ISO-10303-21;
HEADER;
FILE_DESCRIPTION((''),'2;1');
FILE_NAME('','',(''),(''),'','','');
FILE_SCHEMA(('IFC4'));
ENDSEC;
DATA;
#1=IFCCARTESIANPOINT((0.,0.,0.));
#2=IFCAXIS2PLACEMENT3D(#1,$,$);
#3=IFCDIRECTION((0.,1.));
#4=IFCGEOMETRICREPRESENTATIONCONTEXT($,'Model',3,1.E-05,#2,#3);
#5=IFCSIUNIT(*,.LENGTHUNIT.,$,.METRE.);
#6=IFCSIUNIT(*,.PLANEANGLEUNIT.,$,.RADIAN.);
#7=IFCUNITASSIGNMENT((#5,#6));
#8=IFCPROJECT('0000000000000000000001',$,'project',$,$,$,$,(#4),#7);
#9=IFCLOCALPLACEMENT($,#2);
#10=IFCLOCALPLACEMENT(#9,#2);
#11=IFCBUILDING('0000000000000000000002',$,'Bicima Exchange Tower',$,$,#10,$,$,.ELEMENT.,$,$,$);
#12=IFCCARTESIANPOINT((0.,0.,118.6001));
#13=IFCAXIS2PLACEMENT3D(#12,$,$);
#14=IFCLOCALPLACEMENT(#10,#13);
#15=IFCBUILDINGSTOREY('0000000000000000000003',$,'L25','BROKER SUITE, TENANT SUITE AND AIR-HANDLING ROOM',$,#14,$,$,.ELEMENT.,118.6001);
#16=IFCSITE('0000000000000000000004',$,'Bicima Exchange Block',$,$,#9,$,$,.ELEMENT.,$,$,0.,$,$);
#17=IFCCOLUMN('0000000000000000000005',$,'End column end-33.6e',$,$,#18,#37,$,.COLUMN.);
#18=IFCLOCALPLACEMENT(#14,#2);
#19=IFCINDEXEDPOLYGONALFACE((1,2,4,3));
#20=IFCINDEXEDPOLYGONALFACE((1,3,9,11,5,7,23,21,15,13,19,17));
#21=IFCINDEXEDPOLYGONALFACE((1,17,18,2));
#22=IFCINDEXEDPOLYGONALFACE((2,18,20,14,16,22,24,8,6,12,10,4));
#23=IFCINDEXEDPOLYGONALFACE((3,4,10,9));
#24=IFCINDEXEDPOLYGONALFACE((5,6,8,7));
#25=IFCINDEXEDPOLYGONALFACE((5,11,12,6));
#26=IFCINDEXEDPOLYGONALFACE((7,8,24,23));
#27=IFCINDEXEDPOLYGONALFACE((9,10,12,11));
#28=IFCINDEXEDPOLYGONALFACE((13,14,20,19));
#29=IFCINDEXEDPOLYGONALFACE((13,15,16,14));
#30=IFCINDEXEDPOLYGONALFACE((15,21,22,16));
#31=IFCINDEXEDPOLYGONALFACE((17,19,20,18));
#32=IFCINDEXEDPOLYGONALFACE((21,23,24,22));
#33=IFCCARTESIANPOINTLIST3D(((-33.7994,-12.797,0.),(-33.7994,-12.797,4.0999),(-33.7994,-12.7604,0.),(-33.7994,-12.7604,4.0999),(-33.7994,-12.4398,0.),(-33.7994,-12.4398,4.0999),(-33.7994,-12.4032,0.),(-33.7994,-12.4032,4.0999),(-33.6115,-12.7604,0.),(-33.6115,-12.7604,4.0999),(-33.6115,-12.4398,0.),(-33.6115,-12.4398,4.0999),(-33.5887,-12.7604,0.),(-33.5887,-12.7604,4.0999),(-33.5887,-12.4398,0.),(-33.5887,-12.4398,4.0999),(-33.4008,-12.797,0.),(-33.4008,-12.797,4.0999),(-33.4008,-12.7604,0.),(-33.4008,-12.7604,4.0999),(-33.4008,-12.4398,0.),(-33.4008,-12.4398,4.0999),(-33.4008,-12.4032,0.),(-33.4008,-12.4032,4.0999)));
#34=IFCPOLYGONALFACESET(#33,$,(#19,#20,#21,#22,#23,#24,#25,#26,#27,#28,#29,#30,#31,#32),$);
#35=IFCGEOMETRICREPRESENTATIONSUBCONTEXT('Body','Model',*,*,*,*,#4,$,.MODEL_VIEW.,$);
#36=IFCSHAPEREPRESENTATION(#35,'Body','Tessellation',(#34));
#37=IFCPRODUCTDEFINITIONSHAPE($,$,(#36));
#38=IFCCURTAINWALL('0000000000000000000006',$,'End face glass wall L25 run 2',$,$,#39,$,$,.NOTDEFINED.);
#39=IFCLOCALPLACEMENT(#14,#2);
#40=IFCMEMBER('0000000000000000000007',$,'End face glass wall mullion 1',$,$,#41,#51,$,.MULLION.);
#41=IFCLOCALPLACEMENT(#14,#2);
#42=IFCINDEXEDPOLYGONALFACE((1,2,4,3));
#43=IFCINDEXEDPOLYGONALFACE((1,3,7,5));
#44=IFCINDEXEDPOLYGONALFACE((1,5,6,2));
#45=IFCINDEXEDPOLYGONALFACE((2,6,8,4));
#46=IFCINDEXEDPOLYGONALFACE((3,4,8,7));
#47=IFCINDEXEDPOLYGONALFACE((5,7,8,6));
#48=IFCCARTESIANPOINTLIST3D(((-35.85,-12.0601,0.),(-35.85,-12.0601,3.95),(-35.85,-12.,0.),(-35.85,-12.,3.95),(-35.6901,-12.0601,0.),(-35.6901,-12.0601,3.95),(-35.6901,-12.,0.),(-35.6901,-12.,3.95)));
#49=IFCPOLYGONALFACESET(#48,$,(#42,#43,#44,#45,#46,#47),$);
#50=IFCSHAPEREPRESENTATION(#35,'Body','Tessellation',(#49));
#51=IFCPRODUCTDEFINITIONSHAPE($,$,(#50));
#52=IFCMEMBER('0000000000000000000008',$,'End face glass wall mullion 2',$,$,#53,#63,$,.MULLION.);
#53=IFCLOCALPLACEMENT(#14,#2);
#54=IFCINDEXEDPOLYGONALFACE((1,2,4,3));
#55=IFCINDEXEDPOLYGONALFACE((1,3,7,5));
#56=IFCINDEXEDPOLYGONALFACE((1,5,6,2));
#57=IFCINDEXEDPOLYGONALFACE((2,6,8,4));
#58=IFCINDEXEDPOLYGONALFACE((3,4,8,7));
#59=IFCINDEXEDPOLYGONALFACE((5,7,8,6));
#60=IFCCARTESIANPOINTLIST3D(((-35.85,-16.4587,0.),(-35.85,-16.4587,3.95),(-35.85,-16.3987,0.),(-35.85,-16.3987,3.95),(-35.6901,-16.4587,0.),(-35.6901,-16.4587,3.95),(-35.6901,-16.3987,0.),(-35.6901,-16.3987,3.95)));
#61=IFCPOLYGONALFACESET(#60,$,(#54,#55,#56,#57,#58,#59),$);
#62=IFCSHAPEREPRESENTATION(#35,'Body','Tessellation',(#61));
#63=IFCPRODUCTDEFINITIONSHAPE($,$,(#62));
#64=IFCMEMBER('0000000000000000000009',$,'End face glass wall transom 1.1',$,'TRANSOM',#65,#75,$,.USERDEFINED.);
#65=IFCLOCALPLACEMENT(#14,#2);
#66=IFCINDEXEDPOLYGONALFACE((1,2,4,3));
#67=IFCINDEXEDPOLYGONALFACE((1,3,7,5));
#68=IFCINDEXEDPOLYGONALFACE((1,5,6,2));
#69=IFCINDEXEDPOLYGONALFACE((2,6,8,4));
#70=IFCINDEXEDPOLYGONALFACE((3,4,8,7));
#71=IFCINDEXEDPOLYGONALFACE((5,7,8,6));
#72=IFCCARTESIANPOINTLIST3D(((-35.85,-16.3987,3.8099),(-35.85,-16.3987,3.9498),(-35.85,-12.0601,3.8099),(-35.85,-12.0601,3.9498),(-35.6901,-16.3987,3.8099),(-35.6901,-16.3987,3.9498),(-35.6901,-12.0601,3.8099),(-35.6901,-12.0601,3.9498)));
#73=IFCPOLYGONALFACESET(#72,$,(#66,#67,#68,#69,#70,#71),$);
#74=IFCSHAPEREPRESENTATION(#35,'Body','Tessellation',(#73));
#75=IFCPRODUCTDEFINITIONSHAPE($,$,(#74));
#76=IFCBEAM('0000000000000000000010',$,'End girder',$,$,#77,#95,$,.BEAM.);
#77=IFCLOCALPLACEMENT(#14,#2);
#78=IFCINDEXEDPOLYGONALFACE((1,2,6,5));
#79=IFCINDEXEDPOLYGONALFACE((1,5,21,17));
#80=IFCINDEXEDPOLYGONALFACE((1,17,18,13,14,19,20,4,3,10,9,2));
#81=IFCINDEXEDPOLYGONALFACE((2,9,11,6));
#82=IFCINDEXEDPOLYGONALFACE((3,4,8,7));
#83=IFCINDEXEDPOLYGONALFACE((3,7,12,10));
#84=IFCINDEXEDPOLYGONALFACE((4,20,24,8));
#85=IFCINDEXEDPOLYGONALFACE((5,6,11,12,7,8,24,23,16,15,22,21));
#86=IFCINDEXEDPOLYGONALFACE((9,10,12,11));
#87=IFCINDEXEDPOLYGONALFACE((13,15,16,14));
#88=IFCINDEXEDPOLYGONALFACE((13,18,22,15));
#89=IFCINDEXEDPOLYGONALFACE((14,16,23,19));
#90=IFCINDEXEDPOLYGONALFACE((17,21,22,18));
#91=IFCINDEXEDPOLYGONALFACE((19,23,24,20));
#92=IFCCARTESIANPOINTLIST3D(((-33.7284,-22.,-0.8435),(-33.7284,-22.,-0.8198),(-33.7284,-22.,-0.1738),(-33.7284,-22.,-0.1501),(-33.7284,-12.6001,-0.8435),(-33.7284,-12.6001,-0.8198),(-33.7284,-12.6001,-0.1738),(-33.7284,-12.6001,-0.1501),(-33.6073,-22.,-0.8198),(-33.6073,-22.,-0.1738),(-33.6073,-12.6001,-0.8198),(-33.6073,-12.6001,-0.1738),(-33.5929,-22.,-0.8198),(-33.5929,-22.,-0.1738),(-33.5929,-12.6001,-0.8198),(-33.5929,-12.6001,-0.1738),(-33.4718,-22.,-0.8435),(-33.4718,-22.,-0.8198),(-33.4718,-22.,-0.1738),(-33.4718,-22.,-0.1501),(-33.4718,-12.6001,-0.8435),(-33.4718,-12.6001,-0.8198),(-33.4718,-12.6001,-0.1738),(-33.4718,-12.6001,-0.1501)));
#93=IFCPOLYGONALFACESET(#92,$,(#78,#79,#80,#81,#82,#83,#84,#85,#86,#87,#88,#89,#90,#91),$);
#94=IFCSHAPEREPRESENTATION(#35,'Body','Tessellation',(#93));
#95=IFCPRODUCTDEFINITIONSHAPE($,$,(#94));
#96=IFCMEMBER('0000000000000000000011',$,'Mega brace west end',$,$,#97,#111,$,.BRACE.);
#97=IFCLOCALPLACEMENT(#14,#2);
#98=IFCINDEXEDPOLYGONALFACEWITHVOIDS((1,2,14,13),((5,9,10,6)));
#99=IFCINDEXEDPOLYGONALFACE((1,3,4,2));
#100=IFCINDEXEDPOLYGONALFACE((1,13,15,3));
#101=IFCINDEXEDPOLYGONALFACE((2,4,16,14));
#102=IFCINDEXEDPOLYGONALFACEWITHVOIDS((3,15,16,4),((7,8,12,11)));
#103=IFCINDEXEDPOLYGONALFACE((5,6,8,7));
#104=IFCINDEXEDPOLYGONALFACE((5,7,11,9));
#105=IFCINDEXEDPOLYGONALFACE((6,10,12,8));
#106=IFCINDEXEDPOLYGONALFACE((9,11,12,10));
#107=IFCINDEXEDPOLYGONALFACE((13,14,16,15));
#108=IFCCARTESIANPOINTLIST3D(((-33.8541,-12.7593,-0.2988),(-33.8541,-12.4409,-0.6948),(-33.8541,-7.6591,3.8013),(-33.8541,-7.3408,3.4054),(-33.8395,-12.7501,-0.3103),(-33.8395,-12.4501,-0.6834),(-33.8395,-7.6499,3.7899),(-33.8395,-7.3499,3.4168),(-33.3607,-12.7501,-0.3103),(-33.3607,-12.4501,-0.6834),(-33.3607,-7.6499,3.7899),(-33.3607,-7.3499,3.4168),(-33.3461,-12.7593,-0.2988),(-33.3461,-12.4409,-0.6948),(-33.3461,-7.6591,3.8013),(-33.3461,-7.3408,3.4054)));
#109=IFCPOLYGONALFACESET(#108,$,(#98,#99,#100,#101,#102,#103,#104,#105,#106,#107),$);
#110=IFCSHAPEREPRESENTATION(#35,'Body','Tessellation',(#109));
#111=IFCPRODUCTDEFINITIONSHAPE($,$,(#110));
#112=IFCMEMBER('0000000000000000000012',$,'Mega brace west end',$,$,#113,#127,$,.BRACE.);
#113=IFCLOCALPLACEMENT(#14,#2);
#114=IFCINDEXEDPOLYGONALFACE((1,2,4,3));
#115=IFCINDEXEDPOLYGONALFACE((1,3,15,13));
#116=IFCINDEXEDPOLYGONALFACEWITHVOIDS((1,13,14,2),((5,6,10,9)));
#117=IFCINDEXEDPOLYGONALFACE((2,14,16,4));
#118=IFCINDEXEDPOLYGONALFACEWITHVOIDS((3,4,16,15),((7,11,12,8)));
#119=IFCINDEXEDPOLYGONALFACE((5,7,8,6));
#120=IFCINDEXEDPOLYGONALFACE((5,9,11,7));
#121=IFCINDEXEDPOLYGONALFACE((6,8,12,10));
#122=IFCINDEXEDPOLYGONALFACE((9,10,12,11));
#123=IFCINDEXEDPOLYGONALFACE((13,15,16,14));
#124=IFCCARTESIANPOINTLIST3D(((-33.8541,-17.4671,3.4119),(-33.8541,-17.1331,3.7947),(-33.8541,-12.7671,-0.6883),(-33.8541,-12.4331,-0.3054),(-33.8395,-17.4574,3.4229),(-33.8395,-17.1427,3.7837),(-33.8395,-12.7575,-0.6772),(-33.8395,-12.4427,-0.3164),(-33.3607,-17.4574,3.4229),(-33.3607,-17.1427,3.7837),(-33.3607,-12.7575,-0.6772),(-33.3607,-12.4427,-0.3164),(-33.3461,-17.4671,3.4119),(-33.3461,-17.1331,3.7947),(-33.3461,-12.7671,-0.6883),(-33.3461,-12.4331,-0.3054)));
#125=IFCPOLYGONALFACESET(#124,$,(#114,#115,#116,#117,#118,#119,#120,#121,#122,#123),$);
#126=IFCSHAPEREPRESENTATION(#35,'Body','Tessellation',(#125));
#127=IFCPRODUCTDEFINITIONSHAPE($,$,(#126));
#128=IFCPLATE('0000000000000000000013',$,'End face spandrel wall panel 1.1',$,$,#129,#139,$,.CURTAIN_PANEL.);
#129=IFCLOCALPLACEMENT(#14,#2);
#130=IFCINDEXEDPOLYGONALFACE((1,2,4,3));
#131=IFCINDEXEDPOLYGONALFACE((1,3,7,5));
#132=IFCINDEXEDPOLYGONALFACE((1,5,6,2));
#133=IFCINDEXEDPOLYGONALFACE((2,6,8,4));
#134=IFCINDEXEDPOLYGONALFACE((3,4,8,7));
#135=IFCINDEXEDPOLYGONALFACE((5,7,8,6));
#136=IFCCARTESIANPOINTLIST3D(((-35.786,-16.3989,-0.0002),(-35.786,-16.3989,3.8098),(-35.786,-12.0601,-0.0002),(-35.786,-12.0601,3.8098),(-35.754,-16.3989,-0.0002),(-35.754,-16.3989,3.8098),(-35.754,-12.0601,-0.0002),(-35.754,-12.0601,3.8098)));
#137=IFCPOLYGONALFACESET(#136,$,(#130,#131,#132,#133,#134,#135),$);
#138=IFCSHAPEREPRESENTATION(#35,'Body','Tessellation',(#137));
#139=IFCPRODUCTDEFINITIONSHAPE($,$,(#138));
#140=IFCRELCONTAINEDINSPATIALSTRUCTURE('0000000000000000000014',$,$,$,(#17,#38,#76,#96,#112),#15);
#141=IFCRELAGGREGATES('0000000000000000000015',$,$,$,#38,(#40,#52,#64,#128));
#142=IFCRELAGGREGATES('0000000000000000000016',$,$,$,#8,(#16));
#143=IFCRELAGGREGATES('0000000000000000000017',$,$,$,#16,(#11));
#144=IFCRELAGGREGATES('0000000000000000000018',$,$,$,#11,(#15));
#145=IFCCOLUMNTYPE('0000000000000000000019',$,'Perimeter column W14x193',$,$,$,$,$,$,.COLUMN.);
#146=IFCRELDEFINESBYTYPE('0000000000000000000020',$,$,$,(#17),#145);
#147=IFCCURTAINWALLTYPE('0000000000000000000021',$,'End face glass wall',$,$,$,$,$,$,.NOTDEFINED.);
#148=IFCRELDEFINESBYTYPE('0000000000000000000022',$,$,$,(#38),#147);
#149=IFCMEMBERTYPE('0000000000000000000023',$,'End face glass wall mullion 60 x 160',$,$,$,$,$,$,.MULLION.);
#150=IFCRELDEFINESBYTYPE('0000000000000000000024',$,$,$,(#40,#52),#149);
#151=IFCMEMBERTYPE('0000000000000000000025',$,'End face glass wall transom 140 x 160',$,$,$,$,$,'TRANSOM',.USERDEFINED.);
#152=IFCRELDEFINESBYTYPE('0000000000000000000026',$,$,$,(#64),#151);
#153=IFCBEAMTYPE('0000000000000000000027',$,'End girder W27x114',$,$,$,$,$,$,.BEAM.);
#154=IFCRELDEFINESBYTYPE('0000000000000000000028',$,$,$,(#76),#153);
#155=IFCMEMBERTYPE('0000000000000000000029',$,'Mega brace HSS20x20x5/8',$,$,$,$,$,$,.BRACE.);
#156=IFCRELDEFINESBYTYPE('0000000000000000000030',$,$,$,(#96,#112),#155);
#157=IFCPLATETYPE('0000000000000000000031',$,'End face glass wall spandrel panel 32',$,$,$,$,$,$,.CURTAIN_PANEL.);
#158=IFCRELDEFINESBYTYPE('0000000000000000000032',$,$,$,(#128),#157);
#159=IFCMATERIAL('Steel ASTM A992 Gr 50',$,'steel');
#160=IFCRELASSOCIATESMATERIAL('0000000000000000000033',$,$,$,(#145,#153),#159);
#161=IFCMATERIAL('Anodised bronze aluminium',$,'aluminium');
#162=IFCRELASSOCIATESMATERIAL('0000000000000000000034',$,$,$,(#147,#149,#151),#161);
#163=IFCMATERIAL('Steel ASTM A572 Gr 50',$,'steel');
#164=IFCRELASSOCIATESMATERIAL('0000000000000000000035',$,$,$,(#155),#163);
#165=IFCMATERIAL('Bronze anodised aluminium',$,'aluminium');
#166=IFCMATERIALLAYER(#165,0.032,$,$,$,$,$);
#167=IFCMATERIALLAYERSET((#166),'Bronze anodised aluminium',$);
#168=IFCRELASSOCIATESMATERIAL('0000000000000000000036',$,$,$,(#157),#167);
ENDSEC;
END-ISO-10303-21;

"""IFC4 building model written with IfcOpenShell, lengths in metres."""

from ifc_helpers import new_model, si_unit, direction, frame, origin, origin_2d, place, context, subcontext, project, spatial, rectangle, hollow_rectangle, i_section, extrude, material, layer, layer_set, material_profile, profile_set, type_object, element, aggregate, save


model = new_model("IFC4")

# Units and contexts
model_context = context("Model", 3, precision=1e-05, world=origin(), true_north=direction((0.0, 1.0)))
body_context = subcontext(model_context, "Body", "Model", "MODEL_VIEW")
ifc_project = project(units=[si_unit("LENGTHUNIT", "METRE"), si_unit("PLANEANGLEUNIT", "RADIAN")], contexts=[model_context])

# Site, building, storey
site_placement = place(None, origin())
site = spatial("IfcSite", under=ifc_project, at=site_placement, Name="Bicima Exchange Block", CompositionType="ELEMENT", RefElevation=0.0)
building_placement = place(site_placement, origin())
building = spatial("IfcBuilding", under=site, at=building_placement, Name="Bicima Exchange Tower", CompositionType="ELEMENT")
storey_placement = place(building_placement, frame((0.0, 0.0, 118.6001)))
storey = spatial("IfcBuildingStorey", under=building, at=storey_placement, Name="L25", Description="BROKER SUITE, TENANT SUITE AND AIR-HANDLING ROOM", CompositionType="ELEMENT", Elevation=118.6001)

# Column
ifc_material_1 = material(Name="Steel ASTM A992 Gr 50", Category="steel")
ifc_material_profile_1 = material_profile(ifc_material_1, i_section(OverallWidth=0.3987, OverallDepth=0.3938, WebThickness=0.0227, FlangeThickness=0.0366, at=origin_2d()))
ifc_profile_set_1 = profile_set([ifc_material_profile_1], Name="Steel ASTM A992 Gr 50")
column_type = type_object("IfcColumnType", Name="Perimeter column W14x193", PredefinedType="COLUMN", material=ifc_profile_set_1)
column_placement = place(storey_placement, frame((-33.6001, -12.6001, 0.0), z_axis=(0.0, 0.0, 1.0), x_axis=(1.0, 0.0, 0.0)))
element("IfcColumn", 1, at=column_placement, inside=storey, type_object=column_type, Name="End column end-33.6e", PredefinedType="COLUMN", context=body_context, shape_type="SweptSolid", body=[
    extrude(i_section(OverallWidth=0.3987, OverallDepth=0.3938, WebThickness=0.0227, FlangeThickness=0.0366, at=origin_2d()), origin(), (0.0, 0.0, 1.0), 4.0999),
])

# Curtain wall, members
ifc_material_2 = material(Name="Anodised bronze aluminium", Category="aluminium")
curtain_wall_type = type_object("IfcCurtainWallType", Name="End face glass wall", PredefinedType="NOTDEFINED", material=ifc_material_2)
curtain_wall_placement = place(storey_placement, origin())
curtain_wall = element("IfcCurtainWall", 2, at=curtain_wall_placement, inside=storey, type_object=curtain_wall_type, Name="End face glass wall L25 run 2", PredefinedType="NOTDEFINED")
ifc_material_profile_2 = material_profile(ifc_material_2, rectangle(XDim=0.1599, YDim=0.0601, at=origin_2d()))
ifc_profile_set_2 = profile_set([ifc_material_profile_2], Name="Anodised bronze aluminium")
member_type_1 = type_object("IfcMemberType", Name="End face glass wall mullion 60 x 160", PredefinedType="MULLION", material=ifc_profile_set_2)
member_1_placement = place(storey_placement, frame((-35.77, -12.03, 0.0), z_axis=(0.0, 0.0, 1.0), x_axis=(1.0, 0.0, 0.0)))
member_1 = element("IfcMember", 3, at=member_1_placement, type_object=member_type_1, Name="End face glass wall mullion 1", PredefinedType="MULLION", context=body_context, shape_type="SweptSolid", body=[
    extrude(rectangle(XDim=0.1599, YDim=0.0601, at=origin_2d()), origin(), (0.0, 0.0, 1.0), 3.95),
])
member_2_placement = place(storey_placement, frame((-35.77, -16.4287, 0.0), z_axis=(0.0, 0.0, 1.0), x_axis=(1.0, 0.0, 0.0)))
member_2 = element("IfcMember", 4, at=member_2_placement, type_object=member_type_1, Name="End face glass wall mullion 2", PredefinedType="MULLION", context=body_context, shape_type="SweptSolid", body=[
    extrude(rectangle(XDim=0.1599, YDim=0.0601, at=origin_2d()), origin(), (0.0, 0.0, 1.0), 3.95),
])
ifc_material_profile_3 = material_profile(ifc_material_2, rectangle(XDim=0.1599, YDim=0.1399, at=origin_2d()))
ifc_profile_set_3 = profile_set([ifc_material_profile_3], Name="Anodised bronze aluminium")
member_type_2 = type_object("IfcMemberType", Name="End face glass wall transom 140 x 160", ElementType="TRANSOM", PredefinedType="USERDEFINED", material=ifc_profile_set_3)
member_3_placement = place(storey_placement, frame((-35.77, -12.0601, 3.8799), z_axis=(0.0, -1.0, 0.0), x_axis=(1.0, 0.0, 0.0)))
member_3 = element("IfcMember", 5, at=member_3_placement, type_object=member_type_2, Name="End face glass wall transom 1.1", ObjectType="TRANSOM", PredefinedType="USERDEFINED", context=body_context, shape_type="SweptSolid", body=[
    extrude(rectangle(XDim=0.1599, YDim=0.1399, at=origin_2d()), origin(), (0.0, 0.0, 1.0), 4.3386),
])

# Beam
ifc_material_profile_4 = material_profile(ifc_material_1, i_section(OverallWidth=0.2566, OverallDepth=0.6934, WebThickness=0.0144, FlangeThickness=0.0237, at=origin_2d()))
ifc_profile_set_4 = profile_set([ifc_material_profile_4], Name="Steel ASTM A992 Gr 50")
beam_type = type_object("IfcBeamType", Name="End girder W27x114", PredefinedType="BEAM", material=ifc_profile_set_4)
beam_placement = place(storey_placement, frame((-33.6001, -12.6001, -0.4968), z_axis=(0.0, -1.0, 0.0), x_axis=(1.0, 0.0, 0.0)))
element("IfcBeam", 6, at=beam_placement, inside=storey, type_object=beam_type, Name="End girder", PredefinedType="BEAM", context=body_context, shape_type="SweptSolid", body=[
    extrude(i_section(OverallWidth=0.2566, OverallDepth=0.6934, WebThickness=0.0144, FlangeThickness=0.0237, at=origin_2d()), origin(), (0.0, 0.0, 1.0), 9.3999),
])

# Members
ifc_material_3 = material(Name="Steel ASTM A572 Gr 50", Category="steel")
ifc_material_profile_5 = material_profile(ifc_material_3, hollow_rectangle(XDim=0.5081, YDim=0.5081, WallThickness=0.0146, at=origin_2d()))
ifc_profile_set_5 = profile_set([ifc_material_profile_5], Name="Steel ASTM A572 Gr 50")
member_type_3 = type_object("IfcMemberType", Name="Mega brace HSS20x20x5/8", PredefinedType="BRACE", material=ifc_profile_set_5)
member_4_placement = place(storey_placement, frame((-33.6001, -12.6001, -0.4968), z_axis=(0.0, 0.779374, 0.626559), x_axis=(-1.0, 0.0, 0.0)))
element("IfcMember", 7, at=member_4_placement, inside=storey, type_object=member_type_3, Name="Mega brace west end", PredefinedType="BRACE", context=body_context, shape_type="SweptSolid", body=[
    extrude(hollow_rectangle(XDim=0.5081, YDim=0.5081, WallThickness=0.0146, at=origin_2d()), origin(), (0.0, 0.0, 1.0), 6.5439),
])
member_5_placement = place(storey_placement, frame((-33.6001, -12.6001, -0.4968), z_axis=(0.0, -0.753558, 0.657382), x_axis=(1.0, 0.0, 0.0)))
element("IfcMember", 8, at=member_5_placement, inside=storey, type_object=member_type_3, Name="Mega brace west end", PredefinedType="BRACE", context=body_context, shape_type="SweptSolid", body=[
    extrude(hollow_rectangle(XDim=0.5081, YDim=0.5081, WallThickness=0.0146, at=origin_2d()), origin(), (0.0, 0.0, 1.0), 6.2371),
])

# Plate
ifc_material_4 = material(Name="Bronze anodised aluminium", Category="aluminium")
ifc_layer_1 = layer(ifc_material_4, 0.032)
ifc_layer_set_1 = layer_set([ifc_layer_1], Name="Bronze anodised aluminium")
plate_type = type_object("IfcPlateType", Name="End face glass wall spandrel panel 32", PredefinedType="CURTAIN_PANEL", material=ifc_layer_set_1)
plate_placement = place(storey_placement, frame((-35.77, -14.2295, -0.0002), z_axis=(0.0, 0.0, 1.0), x_axis=(0.0, -1.0, 0.0)))
plate = element("IfcPlate", 9, at=plate_placement, type_object=plate_type, Name="End face spandrel wall panel 1.1", PredefinedType="CURTAIN_PANEL", context=body_context, shape_type="SweptSolid", body=[
    extrude(rectangle(XDim=4.3389, YDim=0.032, at=origin_2d()), origin(), (0.0, 0.0, 1.0), 3.8101),
])
aggregate(curtain_wall, [member_1, member_2, member_3, plate])

save(model, "model.ifc")
